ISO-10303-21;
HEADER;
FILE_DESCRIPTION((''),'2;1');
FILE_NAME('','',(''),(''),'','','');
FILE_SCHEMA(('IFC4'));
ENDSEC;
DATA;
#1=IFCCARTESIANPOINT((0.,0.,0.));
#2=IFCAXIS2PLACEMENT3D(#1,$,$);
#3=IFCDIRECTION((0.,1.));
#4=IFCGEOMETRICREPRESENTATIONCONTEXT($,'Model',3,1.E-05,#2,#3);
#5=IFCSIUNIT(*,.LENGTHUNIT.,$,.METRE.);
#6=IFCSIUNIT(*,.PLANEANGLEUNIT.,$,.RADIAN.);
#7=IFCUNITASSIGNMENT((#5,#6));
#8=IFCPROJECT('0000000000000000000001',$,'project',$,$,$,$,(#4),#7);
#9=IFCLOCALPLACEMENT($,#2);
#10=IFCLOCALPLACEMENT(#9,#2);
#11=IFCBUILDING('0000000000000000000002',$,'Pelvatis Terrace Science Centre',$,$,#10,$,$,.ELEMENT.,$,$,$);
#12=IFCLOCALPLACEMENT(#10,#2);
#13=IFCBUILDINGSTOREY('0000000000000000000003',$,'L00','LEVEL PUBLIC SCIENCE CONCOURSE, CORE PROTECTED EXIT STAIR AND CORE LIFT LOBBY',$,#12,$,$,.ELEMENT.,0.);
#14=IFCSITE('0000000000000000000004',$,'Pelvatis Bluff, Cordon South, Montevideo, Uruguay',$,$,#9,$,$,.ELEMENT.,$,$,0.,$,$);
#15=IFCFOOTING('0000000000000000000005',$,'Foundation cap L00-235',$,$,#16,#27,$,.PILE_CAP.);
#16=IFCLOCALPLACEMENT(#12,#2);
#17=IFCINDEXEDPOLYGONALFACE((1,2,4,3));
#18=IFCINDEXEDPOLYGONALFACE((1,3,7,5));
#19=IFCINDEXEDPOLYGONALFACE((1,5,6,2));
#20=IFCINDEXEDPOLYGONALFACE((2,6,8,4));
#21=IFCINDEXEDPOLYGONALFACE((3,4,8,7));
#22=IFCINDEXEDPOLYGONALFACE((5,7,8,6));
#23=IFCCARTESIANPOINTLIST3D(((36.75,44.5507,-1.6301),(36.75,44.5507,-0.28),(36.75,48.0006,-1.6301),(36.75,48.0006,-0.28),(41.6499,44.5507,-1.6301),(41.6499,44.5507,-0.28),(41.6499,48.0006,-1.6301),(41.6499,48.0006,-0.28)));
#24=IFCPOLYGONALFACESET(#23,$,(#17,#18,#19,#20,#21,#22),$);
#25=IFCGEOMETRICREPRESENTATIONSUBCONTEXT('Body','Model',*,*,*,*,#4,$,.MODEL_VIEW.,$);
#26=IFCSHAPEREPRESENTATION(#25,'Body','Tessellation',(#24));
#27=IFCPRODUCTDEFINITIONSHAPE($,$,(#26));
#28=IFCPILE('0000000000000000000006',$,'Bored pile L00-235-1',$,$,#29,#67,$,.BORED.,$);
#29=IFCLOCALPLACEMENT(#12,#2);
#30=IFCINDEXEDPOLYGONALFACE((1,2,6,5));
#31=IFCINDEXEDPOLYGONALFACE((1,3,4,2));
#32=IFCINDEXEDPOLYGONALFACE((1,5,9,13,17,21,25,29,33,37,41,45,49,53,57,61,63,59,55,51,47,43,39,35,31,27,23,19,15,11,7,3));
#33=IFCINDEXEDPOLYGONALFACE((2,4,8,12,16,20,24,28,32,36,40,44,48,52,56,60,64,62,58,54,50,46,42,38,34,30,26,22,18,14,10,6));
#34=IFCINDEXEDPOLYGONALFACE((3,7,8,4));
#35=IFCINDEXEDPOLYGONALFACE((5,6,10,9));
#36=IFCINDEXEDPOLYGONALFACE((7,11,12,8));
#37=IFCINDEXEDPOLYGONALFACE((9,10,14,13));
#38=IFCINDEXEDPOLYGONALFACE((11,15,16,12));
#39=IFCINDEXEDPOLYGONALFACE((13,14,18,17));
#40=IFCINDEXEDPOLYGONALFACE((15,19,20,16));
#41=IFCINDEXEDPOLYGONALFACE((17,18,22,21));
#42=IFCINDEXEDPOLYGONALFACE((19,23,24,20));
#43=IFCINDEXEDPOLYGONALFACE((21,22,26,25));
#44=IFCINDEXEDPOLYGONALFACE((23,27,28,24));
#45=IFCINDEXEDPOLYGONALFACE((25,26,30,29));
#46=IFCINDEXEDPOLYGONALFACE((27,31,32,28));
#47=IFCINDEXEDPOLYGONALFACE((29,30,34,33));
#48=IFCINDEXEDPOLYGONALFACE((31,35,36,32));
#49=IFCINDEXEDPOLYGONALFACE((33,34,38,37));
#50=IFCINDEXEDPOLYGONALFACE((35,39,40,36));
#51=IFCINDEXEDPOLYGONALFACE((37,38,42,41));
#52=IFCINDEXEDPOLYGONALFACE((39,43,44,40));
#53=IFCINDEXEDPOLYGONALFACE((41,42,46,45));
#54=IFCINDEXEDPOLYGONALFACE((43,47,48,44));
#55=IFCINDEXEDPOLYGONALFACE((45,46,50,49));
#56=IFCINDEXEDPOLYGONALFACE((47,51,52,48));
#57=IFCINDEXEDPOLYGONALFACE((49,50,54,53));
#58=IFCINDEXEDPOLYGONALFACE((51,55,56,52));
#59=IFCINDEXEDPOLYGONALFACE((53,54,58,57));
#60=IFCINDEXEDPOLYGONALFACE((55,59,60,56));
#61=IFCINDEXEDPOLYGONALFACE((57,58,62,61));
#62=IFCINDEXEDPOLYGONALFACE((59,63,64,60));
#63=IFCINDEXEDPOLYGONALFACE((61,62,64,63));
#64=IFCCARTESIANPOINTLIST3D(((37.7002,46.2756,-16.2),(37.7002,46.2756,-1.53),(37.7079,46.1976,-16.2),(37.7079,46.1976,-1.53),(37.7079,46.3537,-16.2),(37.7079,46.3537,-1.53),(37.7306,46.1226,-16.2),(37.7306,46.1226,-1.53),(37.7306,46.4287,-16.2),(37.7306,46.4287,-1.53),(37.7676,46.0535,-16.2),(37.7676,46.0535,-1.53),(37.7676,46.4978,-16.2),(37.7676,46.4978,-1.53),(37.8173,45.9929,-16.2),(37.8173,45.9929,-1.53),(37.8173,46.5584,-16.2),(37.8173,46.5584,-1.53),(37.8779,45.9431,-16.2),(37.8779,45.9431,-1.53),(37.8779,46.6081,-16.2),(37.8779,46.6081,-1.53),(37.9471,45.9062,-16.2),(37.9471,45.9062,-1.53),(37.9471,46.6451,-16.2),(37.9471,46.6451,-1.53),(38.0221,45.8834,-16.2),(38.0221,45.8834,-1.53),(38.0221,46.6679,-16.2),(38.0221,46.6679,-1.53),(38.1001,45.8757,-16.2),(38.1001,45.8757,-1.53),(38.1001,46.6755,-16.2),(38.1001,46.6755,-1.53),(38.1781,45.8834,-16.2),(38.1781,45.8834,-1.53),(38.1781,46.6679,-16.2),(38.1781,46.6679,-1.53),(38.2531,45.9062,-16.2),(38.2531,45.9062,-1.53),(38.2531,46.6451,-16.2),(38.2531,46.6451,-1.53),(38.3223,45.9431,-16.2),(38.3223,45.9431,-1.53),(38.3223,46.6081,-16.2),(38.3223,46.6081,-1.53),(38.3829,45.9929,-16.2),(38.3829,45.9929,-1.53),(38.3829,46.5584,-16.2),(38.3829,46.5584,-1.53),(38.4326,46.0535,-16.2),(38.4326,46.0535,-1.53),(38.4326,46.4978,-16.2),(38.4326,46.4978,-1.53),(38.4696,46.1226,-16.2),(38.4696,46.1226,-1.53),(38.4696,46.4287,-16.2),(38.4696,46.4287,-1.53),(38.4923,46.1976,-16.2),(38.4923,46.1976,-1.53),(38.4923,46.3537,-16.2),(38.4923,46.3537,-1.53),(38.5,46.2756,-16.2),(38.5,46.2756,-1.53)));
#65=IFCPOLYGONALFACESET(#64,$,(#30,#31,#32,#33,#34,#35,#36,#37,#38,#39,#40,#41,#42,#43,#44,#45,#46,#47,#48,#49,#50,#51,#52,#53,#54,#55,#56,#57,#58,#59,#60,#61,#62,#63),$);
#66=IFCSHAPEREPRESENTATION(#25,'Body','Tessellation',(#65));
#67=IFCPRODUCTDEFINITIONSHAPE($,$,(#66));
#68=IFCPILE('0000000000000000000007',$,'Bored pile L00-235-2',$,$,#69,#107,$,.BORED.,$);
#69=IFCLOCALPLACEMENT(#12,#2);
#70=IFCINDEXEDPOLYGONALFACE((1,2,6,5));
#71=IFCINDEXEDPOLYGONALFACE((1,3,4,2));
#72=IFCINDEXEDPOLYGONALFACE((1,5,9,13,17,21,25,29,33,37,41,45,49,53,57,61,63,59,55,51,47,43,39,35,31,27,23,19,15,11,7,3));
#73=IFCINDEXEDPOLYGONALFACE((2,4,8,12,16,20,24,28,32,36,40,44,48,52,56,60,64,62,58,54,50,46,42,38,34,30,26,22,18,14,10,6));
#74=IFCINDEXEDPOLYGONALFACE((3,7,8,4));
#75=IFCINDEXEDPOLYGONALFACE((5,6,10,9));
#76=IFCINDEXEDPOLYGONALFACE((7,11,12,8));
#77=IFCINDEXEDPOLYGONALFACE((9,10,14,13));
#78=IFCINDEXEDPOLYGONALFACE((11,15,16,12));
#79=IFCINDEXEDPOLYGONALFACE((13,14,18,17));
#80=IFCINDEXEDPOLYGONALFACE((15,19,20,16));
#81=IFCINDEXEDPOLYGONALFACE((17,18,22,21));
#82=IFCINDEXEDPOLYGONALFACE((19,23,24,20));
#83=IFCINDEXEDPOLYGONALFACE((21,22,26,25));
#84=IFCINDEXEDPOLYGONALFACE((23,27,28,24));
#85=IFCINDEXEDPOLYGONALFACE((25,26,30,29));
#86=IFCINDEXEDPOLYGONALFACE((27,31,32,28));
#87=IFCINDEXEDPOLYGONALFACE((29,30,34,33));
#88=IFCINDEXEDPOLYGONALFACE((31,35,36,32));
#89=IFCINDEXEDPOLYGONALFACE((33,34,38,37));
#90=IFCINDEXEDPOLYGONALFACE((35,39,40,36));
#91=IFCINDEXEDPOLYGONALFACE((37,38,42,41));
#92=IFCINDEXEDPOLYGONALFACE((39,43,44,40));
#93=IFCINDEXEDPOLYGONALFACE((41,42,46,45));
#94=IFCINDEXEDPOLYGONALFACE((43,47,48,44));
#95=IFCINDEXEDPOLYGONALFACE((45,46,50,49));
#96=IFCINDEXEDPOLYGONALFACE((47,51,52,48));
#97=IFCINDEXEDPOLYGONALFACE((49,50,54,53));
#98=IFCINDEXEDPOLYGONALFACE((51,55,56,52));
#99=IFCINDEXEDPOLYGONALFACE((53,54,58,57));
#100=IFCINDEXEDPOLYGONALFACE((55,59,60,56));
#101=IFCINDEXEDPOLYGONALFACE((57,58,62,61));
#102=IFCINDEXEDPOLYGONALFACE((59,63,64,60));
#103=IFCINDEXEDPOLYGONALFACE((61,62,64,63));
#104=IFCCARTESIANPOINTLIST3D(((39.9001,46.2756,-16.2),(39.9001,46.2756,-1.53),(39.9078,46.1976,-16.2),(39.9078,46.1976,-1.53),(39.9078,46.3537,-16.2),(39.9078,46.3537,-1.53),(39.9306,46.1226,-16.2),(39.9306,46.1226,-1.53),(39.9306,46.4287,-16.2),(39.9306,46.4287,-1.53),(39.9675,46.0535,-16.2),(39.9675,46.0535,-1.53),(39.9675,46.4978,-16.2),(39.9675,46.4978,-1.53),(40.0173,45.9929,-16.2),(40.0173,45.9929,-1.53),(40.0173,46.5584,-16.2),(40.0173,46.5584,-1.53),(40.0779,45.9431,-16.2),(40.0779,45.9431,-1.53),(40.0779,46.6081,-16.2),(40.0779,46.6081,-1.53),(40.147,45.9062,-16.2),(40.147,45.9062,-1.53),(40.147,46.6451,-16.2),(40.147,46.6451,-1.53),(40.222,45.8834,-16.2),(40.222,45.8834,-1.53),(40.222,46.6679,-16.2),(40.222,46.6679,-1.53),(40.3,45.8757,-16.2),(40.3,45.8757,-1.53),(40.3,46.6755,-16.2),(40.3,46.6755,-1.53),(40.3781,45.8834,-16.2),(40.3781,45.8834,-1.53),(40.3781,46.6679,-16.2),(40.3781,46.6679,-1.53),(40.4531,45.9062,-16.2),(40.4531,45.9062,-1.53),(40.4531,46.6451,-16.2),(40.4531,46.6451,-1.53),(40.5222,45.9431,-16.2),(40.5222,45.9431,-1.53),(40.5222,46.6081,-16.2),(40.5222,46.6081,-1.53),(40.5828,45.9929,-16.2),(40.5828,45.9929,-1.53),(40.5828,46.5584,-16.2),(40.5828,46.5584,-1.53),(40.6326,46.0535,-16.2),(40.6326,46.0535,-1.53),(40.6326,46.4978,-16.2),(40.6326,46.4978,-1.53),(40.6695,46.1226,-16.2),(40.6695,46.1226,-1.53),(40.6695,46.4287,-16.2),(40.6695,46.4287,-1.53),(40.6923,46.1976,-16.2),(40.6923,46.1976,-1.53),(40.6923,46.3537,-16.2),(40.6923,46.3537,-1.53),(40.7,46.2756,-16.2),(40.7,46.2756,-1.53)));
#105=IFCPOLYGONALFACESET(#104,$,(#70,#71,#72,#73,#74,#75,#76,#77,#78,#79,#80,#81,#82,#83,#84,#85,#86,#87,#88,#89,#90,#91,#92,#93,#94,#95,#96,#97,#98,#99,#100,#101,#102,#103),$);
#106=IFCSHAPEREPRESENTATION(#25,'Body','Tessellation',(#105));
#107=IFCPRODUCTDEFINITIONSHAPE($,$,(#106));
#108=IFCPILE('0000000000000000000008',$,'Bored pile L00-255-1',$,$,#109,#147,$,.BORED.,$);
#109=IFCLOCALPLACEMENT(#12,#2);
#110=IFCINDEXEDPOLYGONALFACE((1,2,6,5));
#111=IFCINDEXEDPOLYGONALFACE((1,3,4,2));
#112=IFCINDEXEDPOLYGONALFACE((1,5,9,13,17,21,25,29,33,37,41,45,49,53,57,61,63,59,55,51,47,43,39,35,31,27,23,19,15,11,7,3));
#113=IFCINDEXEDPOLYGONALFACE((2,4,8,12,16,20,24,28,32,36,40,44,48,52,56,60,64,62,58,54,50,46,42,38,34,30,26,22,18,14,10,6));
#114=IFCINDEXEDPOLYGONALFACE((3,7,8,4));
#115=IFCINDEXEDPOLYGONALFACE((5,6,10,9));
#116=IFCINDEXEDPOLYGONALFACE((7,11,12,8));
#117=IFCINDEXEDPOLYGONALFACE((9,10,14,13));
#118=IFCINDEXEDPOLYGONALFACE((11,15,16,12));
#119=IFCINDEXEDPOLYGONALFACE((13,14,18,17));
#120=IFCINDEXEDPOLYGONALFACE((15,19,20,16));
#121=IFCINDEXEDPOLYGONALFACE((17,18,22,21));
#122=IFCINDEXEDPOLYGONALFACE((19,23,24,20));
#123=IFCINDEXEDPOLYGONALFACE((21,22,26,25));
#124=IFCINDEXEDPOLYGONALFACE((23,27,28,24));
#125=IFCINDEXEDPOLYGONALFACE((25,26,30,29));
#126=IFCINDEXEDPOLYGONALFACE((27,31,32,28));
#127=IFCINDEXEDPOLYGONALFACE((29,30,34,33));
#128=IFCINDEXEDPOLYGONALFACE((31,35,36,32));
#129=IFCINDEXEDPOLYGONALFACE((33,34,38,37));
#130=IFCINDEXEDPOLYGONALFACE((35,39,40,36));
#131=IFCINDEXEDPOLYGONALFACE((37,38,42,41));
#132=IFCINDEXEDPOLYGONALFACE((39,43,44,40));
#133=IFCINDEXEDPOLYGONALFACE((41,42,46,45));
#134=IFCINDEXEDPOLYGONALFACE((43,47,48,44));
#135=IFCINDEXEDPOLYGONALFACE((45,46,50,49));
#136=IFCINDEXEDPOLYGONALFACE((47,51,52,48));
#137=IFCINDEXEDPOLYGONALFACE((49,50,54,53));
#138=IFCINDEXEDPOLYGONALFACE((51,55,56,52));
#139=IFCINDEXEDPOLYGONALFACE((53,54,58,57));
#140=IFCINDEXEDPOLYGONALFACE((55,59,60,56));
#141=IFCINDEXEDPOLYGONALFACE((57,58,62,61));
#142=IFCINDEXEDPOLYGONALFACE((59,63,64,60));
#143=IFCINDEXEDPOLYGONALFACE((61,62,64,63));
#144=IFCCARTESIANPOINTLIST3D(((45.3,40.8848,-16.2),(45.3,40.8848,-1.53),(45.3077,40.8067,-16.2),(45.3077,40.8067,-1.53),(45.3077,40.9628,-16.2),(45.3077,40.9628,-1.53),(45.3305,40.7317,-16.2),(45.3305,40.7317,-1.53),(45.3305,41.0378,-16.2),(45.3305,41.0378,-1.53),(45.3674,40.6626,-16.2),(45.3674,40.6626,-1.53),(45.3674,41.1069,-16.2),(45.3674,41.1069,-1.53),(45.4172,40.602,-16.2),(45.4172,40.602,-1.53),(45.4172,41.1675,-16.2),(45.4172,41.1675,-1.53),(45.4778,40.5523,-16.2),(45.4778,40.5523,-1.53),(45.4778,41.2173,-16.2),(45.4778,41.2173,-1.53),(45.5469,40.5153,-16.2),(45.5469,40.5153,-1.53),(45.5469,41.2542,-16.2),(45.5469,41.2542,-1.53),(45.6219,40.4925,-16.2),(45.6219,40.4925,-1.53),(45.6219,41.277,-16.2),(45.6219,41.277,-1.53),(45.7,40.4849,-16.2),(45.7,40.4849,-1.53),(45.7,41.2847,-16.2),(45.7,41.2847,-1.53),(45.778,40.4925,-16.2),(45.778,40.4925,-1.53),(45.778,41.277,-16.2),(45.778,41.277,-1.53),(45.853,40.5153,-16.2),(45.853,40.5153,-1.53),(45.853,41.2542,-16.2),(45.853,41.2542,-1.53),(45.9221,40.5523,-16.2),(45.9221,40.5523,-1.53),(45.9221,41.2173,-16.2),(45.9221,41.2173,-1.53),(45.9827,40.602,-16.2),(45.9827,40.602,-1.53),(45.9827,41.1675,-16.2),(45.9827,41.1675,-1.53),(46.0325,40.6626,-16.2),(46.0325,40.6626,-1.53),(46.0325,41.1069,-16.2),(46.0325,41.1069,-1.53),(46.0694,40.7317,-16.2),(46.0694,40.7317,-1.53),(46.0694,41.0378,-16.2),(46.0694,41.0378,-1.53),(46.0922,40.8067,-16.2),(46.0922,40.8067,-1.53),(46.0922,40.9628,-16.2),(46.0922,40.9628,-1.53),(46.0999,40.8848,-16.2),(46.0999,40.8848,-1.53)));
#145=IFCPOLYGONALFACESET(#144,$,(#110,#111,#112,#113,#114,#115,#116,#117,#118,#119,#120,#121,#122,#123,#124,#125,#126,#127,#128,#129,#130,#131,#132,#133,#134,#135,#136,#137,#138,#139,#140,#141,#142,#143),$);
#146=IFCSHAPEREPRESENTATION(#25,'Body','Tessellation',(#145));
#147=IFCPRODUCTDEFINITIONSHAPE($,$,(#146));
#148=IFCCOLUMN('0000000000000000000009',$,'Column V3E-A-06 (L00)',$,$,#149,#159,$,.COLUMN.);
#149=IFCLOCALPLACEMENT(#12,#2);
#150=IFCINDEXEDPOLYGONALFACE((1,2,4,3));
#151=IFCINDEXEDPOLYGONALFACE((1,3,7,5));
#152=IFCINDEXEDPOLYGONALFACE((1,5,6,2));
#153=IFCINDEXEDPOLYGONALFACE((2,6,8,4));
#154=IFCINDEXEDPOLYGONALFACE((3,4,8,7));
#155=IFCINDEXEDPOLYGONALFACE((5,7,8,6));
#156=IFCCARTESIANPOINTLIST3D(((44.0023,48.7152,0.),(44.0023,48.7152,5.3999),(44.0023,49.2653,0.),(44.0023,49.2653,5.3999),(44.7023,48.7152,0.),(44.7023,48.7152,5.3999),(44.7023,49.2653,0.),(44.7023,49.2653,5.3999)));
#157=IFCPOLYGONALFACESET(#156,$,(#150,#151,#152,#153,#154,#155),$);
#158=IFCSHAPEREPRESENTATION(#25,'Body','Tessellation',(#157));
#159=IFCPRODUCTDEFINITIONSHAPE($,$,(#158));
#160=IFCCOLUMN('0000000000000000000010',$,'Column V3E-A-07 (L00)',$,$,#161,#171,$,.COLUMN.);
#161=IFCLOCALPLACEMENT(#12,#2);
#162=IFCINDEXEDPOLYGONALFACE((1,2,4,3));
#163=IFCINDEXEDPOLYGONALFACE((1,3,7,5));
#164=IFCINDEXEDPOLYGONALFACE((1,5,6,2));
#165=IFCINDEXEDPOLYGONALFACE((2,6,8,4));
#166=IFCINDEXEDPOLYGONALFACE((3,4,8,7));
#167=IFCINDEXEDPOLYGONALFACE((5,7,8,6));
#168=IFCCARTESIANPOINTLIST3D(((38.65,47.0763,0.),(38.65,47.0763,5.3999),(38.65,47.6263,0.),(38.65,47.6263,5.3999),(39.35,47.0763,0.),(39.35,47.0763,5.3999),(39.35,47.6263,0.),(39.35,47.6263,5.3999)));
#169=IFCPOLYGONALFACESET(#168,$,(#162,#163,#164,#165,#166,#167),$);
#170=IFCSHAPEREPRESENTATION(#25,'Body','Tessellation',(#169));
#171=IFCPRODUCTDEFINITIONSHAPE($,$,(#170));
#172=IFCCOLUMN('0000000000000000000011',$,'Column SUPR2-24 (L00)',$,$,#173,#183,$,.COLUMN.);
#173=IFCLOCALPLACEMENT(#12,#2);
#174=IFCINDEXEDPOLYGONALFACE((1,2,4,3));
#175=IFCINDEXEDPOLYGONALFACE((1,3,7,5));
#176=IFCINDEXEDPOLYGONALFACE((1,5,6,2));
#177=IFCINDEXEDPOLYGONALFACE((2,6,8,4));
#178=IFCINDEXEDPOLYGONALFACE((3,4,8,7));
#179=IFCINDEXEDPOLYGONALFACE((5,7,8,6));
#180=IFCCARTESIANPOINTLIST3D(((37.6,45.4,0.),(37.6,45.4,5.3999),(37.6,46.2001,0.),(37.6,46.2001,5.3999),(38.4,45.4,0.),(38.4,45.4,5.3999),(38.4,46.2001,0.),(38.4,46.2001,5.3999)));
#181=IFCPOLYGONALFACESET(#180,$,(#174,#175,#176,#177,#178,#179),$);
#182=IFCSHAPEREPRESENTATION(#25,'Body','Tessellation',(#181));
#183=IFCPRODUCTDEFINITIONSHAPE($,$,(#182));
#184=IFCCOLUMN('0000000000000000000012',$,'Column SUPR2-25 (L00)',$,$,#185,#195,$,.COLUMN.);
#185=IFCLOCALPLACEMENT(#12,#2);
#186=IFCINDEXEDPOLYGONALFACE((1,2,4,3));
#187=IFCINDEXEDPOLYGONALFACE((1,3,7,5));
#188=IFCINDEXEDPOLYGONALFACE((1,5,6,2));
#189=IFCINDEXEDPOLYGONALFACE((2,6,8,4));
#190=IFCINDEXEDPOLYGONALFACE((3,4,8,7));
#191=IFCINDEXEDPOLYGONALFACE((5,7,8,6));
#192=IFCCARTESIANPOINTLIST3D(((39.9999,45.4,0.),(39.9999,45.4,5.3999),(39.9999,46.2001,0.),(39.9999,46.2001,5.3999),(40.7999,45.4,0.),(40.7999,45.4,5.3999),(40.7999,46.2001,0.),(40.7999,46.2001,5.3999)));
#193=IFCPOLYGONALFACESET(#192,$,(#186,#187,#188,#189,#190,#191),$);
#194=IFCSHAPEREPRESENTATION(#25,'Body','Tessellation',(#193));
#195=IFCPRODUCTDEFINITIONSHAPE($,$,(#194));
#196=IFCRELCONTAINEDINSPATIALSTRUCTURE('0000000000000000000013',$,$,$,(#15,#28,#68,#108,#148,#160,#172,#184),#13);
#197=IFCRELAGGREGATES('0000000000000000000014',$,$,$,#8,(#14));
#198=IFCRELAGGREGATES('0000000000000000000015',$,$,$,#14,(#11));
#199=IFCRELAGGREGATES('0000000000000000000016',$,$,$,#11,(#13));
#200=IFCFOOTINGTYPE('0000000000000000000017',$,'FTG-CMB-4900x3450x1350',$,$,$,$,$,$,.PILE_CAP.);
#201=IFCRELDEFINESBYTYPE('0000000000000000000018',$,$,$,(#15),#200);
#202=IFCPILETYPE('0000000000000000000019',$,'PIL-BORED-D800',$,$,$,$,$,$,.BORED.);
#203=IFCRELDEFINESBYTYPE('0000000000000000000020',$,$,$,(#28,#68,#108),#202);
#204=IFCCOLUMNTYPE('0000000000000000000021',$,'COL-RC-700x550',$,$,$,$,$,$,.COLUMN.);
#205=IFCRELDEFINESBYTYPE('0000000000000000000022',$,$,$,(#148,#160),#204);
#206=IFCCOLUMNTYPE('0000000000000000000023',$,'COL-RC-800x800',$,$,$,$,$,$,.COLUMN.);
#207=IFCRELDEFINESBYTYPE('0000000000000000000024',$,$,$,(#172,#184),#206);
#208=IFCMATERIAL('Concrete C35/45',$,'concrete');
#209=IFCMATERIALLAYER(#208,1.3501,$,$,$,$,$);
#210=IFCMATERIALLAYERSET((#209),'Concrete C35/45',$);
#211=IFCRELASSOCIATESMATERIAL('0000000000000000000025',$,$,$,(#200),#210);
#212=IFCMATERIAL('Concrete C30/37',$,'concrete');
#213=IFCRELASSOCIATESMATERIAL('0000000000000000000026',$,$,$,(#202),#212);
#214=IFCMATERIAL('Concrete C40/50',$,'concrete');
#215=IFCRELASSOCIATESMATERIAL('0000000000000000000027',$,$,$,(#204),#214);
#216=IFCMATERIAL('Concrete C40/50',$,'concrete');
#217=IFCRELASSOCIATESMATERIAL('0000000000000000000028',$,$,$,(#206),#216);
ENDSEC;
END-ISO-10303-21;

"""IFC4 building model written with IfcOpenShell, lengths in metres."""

from ifc_helpers import new_model, si_unit, direction, frame, origin, origin_2d, place, context, subcontext, project, spatial, rectangle, circle, extrude, material, layer, layer_set, material_profile, profile_set, type_object, element, save


model = new_model("IFC4")

# Units and contexts
model_context = context("Model", 3, precision=1e-05, world=origin(), true_north=direction((0.0, 1.0)))
body_context = subcontext(model_context, "Body", "Model", "MODEL_VIEW")
ifc_project = project(units=[si_unit("LENGTHUNIT", "METRE"), si_unit("PLANEANGLEUNIT", "RADIAN")], contexts=[model_context])

# Site, building, storey
site_placement = place(None, origin())
site = spatial("IfcSite", under=ifc_project, at=site_placement, Name="Pelvatis Bluff, Cordon South, Montevideo, Uruguay", CompositionType="ELEMENT", RefElevation=0.0)
building_placement = place(site_placement, origin())
building = spatial("IfcBuilding", under=site, at=building_placement, Name="Pelvatis Terrace Science Centre", CompositionType="ELEMENT")
storey_placement = place(building_placement, origin())
storey = spatial("IfcBuildingStorey", under=building, at=storey_placement, Name="L00", Description="LEVEL PUBLIC SCIENCE CONCOURSE, CORE PROTECTED EXIT STAIR AND CORE LIFT LOBBY", CompositionType="ELEMENT", Elevation=0.0)

# Footing
ifc_material_1 = material(Name="Concrete C35/45", Category="concrete")
ifc_layer_1 = layer(ifc_material_1, 1.3501)
ifc_layer_set_1 = layer_set([ifc_layer_1], Name="Concrete C35/45")
footing_type = type_object("IfcFootingType", Name="FTG-CMB-4900x3450x1350", PredefinedType="PILE_CAP", material=ifc_layer_set_1)
footing_placement = place(storey_placement, frame((39.2, 46.2756, -1.6301), z_axis=(0.0, 0.0, 1.0), x_axis=(1.0, 0.0, 0.0)))
element("IfcFooting", 1, at=footing_placement, inside=storey, type_object=footing_type, Name="Foundation cap L00-235", PredefinedType="PILE_CAP", context=body_context, shape_type="SweptSolid", body=[
    extrude(rectangle(XDim=4.8999, YDim=3.45, at=origin_2d()), origin(), (0.0, 0.0, 1.0), 1.3501),
])

# Piles
ifc_material_2 = material(Name="Concrete C30/37", Category="concrete")
ifc_material_profile_1 = material_profile(ifc_material_2, circle(Radius=0.3999, at=origin_2d()), Name="PILE D800")
ifc_profile_set_1 = profile_set([ifc_material_profile_1], Name="Concrete C30/37")
pile_type = type_object("IfcPileType", Name="PIL-BORED-D800", PredefinedType="BORED", material=ifc_profile_set_1)
for number, where, z_axis, x_axis, name in (
    (2, (38.1001, 46.2756, -1.53), (0.0, 0.0, -1.0), (1.0, 0.0, 0.0), "Bored pile L00-235-1"),
    (3, (40.3, 46.2756, -1.53), (0.0, 0.0, -1.0), (1.0, 0.0, 0.0), "Bored pile L00-235-2"),
    (4, (45.7, 40.8848, -1.53), (0.0, 0.0, -1.0), (1.0, 0.0, 0.0), "Bored pile L00-255-1"),
):
    element("IfcPile", number, at=place(storey_placement, frame(where, z_axis=z_axis, x_axis=x_axis)), inside=storey, type_object=pile_type, Name=name, PredefinedType="BORED", context=body_context, shape_type="SweptSolid", body=[
        extrude(circle(Radius=0.3999, at=origin_2d()), origin(), (0.0, 0.0, 1.0), 14.6699),
    ])

# Columns
ifc_material_3 = material(Name="Concrete C40/50", Category="concrete")
ifc_material_profile_2 = material_profile(ifc_material_3, rectangle(XDim=0.7, YDim=0.55, at=origin_2d()), Name="RC-COL 700x550")
ifc_profile_set_2 = profile_set([ifc_material_profile_2], Name="Concrete C40/50")
column_type_1 = type_object("IfcColumnType", Name="COL-RC-700x550", PredefinedType="COLUMN", material=ifc_profile_set_2)
for number, where, z_axis, x_axis, name in (
    (5, (44.3523, 48.9902, 0.0), (0.0, 0.0, 1.0), (1.0, 0.0, 0.0), "Column V3E-A-06 (L00)"),
    (6, (39.0, 47.3513, 0.0), (0.0, 0.0, 1.0), (1.0, 0.0, 0.0), "Column V3E-A-07 (L00)"),
):
    element("IfcColumn", number, at=place(storey_placement, frame(where, z_axis=z_axis, x_axis=x_axis)), inside=storey, type_object=column_type_1, Name=name, PredefinedType="COLUMN", context=body_context, shape_type="SweptSolid", body=[
        extrude(rectangle(XDim=0.7, YDim=0.55, at=origin_2d()), origin(), (0.0, 0.0, 1.0), 5.3999),
    ])
ifc_material_4 = material(Name="Concrete C40/50", Category="concrete")
ifc_material_profile_3 = material_profile(ifc_material_4, rectangle(XDim=0.8, YDim=0.8, at=origin_2d()), Name="RC-COL 800x800")
ifc_profile_set_3 = profile_set([ifc_material_profile_3], Name="Concrete C40/50")
column_type_2 = type_object("IfcColumnType", Name="COL-RC-800x800", PredefinedType="COLUMN", material=ifc_profile_set_3)
for number, where, z_axis, x_axis, name in (
    (7, (38.0, 45.8, 0.0), (0.0, 0.0, 1.0), (1.0, 0.0, 0.0), "Column SUPR2-24 (L00)"),
    (8, (40.3999, 45.8, 0.0), (0.0, 0.0, 1.0), (1.0, 0.0, 0.0), "Column SUPR2-25 (L00)"),
):
    element("IfcColumn", number, at=place(storey_placement, frame(where, z_axis=z_axis, x_axis=x_axis)), inside=storey, type_object=column_type_2, Name=name, PredefinedType="COLUMN", context=body_context, shape_type="SweptSolid", body=[
        extrude(rectangle(XDim=0.8, YDim=0.8, at=origin_2d()), origin(), (0.0, 0.0, 1.0), 5.3999),
    ])

save(model, "model.ifc")
